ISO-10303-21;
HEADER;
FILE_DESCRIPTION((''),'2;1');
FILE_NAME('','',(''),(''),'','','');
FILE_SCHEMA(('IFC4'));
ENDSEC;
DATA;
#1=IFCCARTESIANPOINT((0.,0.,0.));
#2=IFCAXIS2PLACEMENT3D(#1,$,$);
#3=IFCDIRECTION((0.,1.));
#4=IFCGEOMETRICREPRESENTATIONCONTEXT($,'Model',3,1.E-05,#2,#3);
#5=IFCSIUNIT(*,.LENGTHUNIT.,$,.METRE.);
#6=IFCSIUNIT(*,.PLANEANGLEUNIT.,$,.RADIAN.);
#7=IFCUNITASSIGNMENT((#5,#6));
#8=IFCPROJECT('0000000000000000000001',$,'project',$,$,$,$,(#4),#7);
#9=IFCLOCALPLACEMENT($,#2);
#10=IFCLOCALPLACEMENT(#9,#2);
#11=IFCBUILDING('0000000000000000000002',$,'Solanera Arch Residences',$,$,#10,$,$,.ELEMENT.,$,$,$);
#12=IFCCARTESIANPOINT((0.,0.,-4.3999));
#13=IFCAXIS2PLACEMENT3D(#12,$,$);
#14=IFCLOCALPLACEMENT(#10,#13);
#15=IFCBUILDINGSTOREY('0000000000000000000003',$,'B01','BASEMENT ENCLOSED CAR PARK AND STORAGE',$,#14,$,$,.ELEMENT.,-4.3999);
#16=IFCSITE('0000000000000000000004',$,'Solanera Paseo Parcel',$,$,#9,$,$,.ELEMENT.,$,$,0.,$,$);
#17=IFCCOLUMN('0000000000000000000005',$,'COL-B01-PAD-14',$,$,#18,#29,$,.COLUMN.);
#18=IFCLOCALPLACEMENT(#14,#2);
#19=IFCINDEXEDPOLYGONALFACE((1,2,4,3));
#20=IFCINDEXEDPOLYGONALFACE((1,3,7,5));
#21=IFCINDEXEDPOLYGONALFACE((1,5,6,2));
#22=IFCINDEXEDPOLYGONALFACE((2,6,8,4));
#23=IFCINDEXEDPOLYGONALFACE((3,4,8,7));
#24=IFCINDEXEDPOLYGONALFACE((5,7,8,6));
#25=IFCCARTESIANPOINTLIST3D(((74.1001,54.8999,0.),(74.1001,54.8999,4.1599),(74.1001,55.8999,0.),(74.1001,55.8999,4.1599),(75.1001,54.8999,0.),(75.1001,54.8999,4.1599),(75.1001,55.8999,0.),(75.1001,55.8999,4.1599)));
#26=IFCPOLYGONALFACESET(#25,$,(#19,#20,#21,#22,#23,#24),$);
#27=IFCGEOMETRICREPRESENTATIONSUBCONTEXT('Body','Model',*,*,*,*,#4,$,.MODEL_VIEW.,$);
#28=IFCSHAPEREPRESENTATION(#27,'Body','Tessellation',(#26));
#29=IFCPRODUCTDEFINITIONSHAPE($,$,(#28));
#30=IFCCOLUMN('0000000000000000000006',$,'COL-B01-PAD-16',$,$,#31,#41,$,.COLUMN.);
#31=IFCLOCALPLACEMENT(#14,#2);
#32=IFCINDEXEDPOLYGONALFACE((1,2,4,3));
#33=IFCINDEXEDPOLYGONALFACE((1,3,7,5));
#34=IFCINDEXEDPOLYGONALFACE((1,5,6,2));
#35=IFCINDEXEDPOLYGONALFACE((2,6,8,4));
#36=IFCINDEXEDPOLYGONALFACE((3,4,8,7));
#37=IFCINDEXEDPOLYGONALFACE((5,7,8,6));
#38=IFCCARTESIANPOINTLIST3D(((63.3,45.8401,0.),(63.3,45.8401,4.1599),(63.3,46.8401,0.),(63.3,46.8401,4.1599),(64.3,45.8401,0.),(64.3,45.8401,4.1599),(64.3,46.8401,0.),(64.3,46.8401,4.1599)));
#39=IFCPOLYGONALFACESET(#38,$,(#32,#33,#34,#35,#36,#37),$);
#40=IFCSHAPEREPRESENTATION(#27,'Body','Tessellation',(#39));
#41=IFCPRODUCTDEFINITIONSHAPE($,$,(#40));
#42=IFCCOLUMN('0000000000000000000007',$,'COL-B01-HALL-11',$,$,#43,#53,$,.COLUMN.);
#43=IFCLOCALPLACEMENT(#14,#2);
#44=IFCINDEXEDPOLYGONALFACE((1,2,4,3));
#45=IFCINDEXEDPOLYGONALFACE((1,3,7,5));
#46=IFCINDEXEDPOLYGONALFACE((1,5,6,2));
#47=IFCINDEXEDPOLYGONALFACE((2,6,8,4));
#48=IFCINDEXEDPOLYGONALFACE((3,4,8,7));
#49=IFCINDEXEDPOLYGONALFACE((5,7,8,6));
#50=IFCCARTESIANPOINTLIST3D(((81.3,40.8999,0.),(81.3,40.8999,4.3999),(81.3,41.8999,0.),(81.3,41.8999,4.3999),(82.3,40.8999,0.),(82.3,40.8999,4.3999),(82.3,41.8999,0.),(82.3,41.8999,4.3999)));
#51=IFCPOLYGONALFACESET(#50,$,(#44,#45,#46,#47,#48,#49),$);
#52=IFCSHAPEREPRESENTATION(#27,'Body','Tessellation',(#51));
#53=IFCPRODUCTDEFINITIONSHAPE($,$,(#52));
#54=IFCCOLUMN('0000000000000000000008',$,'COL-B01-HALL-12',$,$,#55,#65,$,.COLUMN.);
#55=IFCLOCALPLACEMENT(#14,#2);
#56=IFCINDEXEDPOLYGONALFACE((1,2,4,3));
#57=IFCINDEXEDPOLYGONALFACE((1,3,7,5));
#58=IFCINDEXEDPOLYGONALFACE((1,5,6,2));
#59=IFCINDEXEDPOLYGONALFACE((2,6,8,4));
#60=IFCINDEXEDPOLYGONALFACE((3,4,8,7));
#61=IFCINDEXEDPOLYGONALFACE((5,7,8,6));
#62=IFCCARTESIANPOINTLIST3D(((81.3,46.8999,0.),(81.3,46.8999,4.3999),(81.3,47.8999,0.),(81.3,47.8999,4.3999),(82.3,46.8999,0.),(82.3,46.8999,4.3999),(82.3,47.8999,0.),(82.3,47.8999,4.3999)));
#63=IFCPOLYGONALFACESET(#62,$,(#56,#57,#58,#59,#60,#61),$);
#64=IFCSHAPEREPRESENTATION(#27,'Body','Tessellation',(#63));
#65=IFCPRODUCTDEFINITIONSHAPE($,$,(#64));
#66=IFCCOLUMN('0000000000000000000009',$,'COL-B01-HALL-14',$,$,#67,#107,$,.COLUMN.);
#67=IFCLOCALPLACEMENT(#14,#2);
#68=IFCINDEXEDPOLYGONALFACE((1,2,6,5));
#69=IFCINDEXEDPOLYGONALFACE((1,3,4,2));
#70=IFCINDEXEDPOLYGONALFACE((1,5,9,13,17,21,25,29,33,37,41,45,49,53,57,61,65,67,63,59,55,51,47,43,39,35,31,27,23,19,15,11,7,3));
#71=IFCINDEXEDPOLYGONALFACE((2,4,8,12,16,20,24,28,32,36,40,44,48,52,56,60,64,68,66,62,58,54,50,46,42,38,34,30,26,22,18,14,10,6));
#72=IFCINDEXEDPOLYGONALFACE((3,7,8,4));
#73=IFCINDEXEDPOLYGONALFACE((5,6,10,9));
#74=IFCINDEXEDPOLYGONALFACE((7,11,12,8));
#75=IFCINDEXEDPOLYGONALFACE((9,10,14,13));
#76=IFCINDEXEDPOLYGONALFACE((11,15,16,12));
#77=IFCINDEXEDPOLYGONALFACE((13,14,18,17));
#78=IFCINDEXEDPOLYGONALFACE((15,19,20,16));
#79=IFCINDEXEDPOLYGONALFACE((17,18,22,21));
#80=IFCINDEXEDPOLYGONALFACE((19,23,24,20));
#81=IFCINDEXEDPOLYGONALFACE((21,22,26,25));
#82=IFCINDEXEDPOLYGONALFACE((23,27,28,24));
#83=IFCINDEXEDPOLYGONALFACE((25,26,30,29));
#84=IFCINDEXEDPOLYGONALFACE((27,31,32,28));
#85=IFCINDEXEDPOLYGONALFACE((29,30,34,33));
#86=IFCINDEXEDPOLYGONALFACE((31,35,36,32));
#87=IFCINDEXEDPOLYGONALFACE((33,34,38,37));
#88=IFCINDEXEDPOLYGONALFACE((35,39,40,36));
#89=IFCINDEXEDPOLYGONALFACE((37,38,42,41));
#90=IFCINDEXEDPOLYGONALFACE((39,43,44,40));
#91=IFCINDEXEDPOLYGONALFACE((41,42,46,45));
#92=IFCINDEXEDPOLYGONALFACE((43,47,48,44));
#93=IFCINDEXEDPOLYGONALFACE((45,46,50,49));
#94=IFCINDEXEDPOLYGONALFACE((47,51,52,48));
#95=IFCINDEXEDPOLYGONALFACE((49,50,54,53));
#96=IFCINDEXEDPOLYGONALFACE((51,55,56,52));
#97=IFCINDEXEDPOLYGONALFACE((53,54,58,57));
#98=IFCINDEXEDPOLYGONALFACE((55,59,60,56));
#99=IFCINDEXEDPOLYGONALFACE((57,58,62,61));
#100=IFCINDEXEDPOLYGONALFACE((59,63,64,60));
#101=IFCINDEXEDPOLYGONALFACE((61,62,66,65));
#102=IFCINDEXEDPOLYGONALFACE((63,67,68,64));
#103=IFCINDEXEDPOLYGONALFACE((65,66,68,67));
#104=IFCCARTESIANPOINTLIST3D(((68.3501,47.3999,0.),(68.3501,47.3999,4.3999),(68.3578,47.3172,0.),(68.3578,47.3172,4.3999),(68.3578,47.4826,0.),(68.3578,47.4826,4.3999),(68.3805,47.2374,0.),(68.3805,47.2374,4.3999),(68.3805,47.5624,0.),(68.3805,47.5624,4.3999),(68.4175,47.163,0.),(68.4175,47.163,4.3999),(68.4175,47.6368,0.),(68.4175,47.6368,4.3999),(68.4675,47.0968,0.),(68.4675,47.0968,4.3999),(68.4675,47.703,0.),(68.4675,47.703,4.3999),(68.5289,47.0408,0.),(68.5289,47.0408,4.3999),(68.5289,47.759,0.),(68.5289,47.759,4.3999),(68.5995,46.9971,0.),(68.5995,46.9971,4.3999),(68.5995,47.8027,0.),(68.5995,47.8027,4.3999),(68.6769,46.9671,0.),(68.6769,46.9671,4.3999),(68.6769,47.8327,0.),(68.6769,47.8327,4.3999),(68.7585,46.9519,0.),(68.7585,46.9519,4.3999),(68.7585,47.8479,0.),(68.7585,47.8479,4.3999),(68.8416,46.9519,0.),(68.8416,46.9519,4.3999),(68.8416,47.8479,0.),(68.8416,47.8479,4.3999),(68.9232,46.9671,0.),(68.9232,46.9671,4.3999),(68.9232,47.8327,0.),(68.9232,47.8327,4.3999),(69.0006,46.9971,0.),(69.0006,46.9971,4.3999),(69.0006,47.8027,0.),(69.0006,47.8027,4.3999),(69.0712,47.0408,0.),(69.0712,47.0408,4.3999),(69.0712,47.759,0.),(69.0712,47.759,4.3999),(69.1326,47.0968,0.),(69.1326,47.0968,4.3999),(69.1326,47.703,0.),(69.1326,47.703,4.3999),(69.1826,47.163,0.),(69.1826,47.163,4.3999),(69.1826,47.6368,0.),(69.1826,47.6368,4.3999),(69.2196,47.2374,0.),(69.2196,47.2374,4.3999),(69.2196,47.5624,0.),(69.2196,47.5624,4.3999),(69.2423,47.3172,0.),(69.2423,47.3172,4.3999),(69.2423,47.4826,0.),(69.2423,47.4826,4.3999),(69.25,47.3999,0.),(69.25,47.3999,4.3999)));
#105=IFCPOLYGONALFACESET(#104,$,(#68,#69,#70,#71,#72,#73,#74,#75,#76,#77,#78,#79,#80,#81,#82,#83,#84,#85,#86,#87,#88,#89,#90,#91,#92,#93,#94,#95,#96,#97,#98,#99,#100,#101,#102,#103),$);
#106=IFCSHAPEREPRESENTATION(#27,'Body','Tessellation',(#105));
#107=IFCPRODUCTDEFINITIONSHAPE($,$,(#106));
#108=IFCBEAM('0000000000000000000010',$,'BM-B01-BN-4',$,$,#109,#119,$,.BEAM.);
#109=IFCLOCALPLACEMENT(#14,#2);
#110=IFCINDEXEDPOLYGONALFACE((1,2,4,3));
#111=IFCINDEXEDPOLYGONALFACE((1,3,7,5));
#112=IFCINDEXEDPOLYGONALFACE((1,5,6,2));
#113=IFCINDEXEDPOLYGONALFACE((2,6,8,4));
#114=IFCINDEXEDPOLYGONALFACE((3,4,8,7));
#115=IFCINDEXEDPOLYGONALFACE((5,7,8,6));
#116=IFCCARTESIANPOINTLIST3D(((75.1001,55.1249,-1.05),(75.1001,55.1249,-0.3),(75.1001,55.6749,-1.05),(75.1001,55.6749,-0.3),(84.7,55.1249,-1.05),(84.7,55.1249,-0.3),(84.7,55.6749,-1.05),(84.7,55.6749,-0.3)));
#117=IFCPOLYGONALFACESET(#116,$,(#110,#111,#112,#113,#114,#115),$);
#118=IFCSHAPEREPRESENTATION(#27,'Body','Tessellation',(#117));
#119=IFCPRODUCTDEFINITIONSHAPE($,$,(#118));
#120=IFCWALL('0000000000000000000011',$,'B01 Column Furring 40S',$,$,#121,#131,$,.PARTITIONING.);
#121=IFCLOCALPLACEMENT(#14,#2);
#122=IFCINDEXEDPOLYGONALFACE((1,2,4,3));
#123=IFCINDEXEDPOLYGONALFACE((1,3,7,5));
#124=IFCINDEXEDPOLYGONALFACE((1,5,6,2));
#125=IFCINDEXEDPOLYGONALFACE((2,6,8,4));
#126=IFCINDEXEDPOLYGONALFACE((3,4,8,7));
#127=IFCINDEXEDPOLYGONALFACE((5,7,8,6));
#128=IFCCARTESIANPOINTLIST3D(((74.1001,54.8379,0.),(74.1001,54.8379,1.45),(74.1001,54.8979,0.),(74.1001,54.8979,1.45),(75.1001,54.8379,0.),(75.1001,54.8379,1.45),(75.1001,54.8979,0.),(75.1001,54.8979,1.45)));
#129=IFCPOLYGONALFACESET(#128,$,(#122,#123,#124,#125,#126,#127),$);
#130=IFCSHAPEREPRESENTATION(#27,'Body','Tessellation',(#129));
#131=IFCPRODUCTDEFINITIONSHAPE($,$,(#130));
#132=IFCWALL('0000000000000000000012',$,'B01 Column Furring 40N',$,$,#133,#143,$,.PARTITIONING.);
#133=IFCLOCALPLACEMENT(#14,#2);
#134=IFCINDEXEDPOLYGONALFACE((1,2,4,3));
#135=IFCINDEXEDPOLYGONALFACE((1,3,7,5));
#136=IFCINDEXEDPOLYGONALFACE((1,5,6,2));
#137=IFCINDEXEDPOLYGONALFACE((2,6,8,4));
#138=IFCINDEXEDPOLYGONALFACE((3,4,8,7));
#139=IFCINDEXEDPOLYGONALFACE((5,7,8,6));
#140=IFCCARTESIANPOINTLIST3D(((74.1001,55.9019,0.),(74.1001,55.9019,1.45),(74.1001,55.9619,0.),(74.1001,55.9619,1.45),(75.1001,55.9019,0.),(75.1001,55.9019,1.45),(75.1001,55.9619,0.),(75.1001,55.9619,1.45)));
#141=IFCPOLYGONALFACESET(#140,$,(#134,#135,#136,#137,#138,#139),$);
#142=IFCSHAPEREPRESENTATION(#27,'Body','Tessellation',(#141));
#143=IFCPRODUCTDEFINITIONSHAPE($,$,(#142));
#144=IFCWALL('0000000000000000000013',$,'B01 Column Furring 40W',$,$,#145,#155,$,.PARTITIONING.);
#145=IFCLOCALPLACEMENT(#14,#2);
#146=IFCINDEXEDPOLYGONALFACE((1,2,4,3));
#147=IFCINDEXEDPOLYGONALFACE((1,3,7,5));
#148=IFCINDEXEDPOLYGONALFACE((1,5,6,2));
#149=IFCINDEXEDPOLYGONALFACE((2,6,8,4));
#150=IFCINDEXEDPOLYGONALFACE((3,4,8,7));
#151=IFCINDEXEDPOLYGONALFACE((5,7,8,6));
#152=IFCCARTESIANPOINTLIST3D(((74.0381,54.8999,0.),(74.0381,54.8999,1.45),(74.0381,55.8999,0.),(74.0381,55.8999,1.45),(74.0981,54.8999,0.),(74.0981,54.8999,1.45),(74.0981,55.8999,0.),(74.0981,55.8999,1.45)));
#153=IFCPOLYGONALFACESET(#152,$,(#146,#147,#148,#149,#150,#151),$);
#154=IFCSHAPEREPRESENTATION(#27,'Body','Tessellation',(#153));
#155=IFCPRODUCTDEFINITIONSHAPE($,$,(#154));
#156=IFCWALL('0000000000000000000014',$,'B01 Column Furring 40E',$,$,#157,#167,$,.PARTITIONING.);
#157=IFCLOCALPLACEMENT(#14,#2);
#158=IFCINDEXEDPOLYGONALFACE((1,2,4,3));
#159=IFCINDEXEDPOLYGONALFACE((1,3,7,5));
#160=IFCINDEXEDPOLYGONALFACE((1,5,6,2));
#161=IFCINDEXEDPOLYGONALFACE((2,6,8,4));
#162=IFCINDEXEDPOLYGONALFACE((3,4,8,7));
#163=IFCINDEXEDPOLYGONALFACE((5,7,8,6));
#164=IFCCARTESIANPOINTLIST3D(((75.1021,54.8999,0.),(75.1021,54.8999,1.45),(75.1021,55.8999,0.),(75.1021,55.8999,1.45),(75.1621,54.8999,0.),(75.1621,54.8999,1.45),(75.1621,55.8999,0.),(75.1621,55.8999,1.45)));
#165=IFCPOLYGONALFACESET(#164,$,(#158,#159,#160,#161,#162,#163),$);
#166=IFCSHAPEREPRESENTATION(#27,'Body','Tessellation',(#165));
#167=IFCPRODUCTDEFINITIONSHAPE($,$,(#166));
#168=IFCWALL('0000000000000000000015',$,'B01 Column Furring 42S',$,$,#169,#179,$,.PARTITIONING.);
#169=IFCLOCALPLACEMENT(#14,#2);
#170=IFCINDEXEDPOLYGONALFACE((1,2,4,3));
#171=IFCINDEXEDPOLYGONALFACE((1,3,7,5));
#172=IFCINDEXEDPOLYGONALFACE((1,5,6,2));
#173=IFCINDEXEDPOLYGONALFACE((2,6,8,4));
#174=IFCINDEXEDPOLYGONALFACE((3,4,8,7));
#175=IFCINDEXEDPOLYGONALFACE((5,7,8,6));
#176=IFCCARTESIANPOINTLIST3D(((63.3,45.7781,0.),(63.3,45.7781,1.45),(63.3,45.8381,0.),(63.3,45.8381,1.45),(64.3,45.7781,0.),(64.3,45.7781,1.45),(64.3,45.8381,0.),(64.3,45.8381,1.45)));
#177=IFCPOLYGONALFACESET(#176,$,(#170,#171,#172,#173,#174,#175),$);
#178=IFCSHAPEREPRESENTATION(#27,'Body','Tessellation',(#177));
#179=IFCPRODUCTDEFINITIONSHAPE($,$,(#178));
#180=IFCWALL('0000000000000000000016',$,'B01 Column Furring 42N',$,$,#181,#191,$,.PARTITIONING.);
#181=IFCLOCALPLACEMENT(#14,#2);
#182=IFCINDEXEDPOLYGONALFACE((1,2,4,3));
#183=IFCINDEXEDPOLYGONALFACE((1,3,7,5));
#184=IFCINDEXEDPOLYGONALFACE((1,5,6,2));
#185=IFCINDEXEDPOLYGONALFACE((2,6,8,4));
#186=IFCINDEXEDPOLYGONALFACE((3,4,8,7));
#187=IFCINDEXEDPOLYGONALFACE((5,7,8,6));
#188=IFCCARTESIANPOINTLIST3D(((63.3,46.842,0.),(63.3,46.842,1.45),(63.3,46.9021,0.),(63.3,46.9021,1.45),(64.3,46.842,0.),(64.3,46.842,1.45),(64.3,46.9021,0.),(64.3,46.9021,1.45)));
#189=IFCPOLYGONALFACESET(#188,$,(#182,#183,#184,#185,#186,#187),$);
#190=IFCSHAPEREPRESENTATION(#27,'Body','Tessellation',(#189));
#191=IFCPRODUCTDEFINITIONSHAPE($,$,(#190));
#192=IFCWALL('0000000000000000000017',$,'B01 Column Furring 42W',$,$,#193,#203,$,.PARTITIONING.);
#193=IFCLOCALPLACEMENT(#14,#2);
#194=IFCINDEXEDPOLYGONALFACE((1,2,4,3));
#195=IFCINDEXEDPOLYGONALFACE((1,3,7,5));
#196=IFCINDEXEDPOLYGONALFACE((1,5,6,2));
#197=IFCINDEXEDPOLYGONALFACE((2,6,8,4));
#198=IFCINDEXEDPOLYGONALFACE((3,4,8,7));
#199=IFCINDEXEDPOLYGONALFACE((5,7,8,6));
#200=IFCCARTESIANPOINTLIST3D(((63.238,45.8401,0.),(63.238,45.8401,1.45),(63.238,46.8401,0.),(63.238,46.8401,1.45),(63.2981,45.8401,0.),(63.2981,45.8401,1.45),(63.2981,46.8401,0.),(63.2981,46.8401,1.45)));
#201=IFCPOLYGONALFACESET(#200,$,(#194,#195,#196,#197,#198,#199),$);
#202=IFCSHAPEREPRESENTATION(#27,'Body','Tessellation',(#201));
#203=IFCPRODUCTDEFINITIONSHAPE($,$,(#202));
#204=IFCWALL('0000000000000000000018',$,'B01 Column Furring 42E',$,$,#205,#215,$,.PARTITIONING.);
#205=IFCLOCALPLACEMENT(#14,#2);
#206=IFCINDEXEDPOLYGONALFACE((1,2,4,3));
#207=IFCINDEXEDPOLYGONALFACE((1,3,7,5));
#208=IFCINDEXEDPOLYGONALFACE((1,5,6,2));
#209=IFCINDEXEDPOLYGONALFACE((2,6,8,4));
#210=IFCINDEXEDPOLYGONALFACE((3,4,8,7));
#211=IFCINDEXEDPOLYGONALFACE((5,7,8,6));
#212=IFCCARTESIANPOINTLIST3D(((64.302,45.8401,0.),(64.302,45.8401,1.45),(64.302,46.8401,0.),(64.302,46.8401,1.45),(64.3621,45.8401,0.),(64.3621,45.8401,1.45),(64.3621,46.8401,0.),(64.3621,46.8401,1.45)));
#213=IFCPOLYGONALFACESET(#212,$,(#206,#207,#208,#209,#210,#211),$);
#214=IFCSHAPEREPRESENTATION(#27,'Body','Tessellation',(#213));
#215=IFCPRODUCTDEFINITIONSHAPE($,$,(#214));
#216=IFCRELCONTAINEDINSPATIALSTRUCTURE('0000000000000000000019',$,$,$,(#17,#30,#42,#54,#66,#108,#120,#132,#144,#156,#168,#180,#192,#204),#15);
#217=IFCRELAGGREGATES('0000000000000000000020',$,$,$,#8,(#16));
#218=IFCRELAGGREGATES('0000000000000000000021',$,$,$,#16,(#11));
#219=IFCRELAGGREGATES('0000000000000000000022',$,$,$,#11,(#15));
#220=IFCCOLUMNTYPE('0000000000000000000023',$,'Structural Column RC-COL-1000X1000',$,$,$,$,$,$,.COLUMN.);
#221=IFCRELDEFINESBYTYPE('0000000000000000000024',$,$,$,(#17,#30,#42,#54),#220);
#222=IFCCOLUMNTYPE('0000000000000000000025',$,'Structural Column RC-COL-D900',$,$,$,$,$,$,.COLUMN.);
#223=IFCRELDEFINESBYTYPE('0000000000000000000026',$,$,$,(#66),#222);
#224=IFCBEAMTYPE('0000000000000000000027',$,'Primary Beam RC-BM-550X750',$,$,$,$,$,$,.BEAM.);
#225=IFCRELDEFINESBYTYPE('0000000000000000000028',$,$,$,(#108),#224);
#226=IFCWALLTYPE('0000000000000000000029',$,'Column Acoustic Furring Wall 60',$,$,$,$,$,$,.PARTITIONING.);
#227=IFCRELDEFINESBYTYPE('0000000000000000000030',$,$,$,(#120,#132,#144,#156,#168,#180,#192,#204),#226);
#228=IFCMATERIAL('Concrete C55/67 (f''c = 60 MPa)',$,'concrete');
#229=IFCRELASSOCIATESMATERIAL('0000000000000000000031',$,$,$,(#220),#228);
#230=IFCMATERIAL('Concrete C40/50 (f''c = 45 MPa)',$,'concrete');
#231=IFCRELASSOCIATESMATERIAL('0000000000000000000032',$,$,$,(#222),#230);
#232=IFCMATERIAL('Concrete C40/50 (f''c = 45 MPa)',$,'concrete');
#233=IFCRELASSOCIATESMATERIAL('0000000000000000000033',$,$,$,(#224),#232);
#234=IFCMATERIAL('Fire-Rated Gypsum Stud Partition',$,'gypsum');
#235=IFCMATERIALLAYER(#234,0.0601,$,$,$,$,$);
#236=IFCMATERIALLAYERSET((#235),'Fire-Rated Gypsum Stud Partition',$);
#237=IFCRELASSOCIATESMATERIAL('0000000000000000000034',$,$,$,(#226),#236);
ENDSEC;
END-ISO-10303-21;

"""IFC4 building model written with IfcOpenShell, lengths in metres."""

from ifc_helpers import new_model, si_unit, direction, frame, frame_2d, origin, origin_2d, place, context, subcontext, project, spatial, rectangle, circle, extrude, material, layer, layer_set, material_profile, profile_set, type_object, element, save


model = new_model("IFC4")

# Units and contexts
model_context = context("Model", 3, precision=1e-05, world=origin(), true_north=direction((0.0, 1.0)))
body_context = subcontext(model_context, "Body", "Model", "MODEL_VIEW")
ifc_project = project(units=[si_unit("LENGTHUNIT", "METRE"), si_unit("PLANEANGLEUNIT", "RADIAN")], contexts=[model_context])

# Site, building, storey
site_placement = place(None, origin())
site = spatial("IfcSite", under=ifc_project, at=site_placement, Name="Solanera Paseo Parcel", CompositionType="ELEMENT", RefElevation=0.0)
building_placement = place(site_placement, origin())
building = spatial("IfcBuilding", under=site, at=building_placement, Name="Solanera Arch Residences", CompositionType="ELEMENT")
storey_placement = place(building_placement, frame((0.0, 0.0, -4.3999)))
storey = spatial("IfcBuildingStorey", under=building, at=storey_placement, Name="B01", Description="BASEMENT ENCLOSED CAR PARK AND STORAGE", CompositionType="ELEMENT", Elevation=-4.3999)

# Columns
ifc_material_1 = material(Name="Concrete C55/67 (f'c = 60 MPa)", Category="concrete")
ifc_material_profile_1 = material_profile(ifc_material_1, rectangle(XDim=1.0, YDim=1.0, at=origin_2d()))
ifc_profile_set_1 = profile_set([ifc_material_profile_1], Name="Concrete C55/67 (f'c = 60 MPa)")
column_type_1 = type_object("IfcColumnType", Name="Structural Column RC-COL-1000X1000", PredefinedType="COLUMN", material=ifc_profile_set_1)
for number, where, z_axis, x_axis, name in (
    (1, (74.6001, 55.3999, 0.0), (0.0, 0.0, 1.0), (1.0, 0.0, 0.0), "COL-B01-PAD-14"),
    (2, (63.8, 46.3401, 0.0), (0.0, 0.0, 1.0), (1.0, 0.0, 0.0), "COL-B01-PAD-16"),
):
    element("IfcColumn", number, at=place(storey_placement, frame(where, z_axis=z_axis, x_axis=x_axis)), inside=storey, type_object=column_type_1, Name=name, PredefinedType="COLUMN", context=body_context, shape_type="SweptSolid", body=[
        extrude(rectangle(XDim=1.0, YDim=1.0, at=origin_2d()), origin(), (0.0, 0.0, 1.0), 4.1599),
    ])
for number, where, z_axis, x_axis, name in (
    (3, (81.8, 41.3999, 0.0), (0.0, 0.0, 1.0), (1.0, 0.0, 0.0), "COL-B01-HALL-11"),
    (4, (81.8, 47.3999, 0.0), (0.0, 0.0, 1.0), (1.0, 0.0, 0.0), "COL-B01-HALL-12"),
):
    element("IfcColumn", number, at=place(storey_placement, frame(where, z_axis=z_axis, x_axis=x_axis)), inside=storey, type_object=column_type_1, Name=name, PredefinedType="COLUMN", context=body_context, shape_type="SweptSolid", body=[
        extrude(rectangle(XDim=1.0, YDim=1.0, at=origin_2d()), origin(), (0.0, 0.0, 1.0), 4.3999),
    ])
ifc_material_2 = material(Name="Concrete C40/50 (f'c = 45 MPa)", Category="concrete")
ifc_material_profile_2 = material_profile(ifc_material_2, circle(Radius=0.45, at=origin_2d()))
ifc_profile_set_2 = profile_set([ifc_material_profile_2], Name="Concrete C40/50 (f'c = 45 MPa)")
column_type_2 = type_object("IfcColumnType", Name="Structural Column RC-COL-D900", PredefinedType="COLUMN", material=ifc_profile_set_2)
column_placement = place(storey_placement, frame((68.8, 47.3999, 0.0), z_axis=(0.0, 0.0, 1.0), x_axis=(1.0, 0.0, 0.0)))
element("IfcColumn", 5, at=column_placement, inside=storey, type_object=column_type_2, Name="COL-B01-HALL-14", PredefinedType="COLUMN", context=body_context, shape_type="SweptSolid", body=[
    extrude(circle(Radius=0.45, at=origin_2d()), origin(), (0.0, 0.0, 1.0), 4.3999),
])

# Beam
ifc_material_3 = material(Name="Concrete C40/50 (f'c = 45 MPa)", Category="concrete")
ifc_material_profile_3 = material_profile(ifc_material_3, rectangle(XDim=0.55, YDim=0.75, at=origin_2d()))
ifc_profile_set_3 = profile_set([ifc_material_profile_3], Name="Concrete C40/50 (f'c = 45 MPa)")
beam_type = type_object("IfcBeamType", Name="Primary Beam RC-BM-550X750", PredefinedType="BEAM", material=ifc_profile_set_3)
beam_placement = place(storey_placement, frame((75.1001, 55.3999, -0.675), z_axis=(1.0, 0.0, 0.0), x_axis=(0.0, 1.0, 0.0)))
element("IfcBeam", 6, at=beam_placement, inside=storey, type_object=beam_type, Name="BM-B01-BN-4", PredefinedType="BEAM", context=body_context, shape_type="SweptSolid", body=[
    extrude(rectangle(XDim=0.55, YDim=0.75, at=origin_2d()), origin(), (0.0, 0.0, 1.0), 9.5999),
])

# Walls
ifc_material_4 = material(Name="Fire-Rated Gypsum Stud Partition", Category="gypsum")
ifc_layer_1 = layer(ifc_material_4, 0.0601)
ifc_layer_set_1 = layer_set([ifc_layer_1], Name="Fire-Rated Gypsum Stud Partition")
wall_type_1 = type_object("IfcWallType", Name="Column Acoustic Furring Wall 60", PredefinedType="PARTITIONING", material=ifc_layer_set_1)
for number, where, z_axis, x_axis, name in (
    (7, (74.1001, 54.8679, 0.0), (0.0, 0.0, 1.0), (1.0, 0.0, 0.0), "B01 Column Furring 40S"),
    (8, (74.1001, 55.9319, 0.0), (0.0, 0.0, 1.0), (1.0, 0.0, 0.0), "B01 Column Furring 40N"),
    (9, (74.0681, 54.8999, 0.0), (0.0, 0.0, 1.0), (0.0, 1.0, 0.0), "B01 Column Furring 40W"),
    (10, (75.1321, 54.8999, 0.0), (0.0, 0.0, 1.0), (0.0, 1.0, 0.0), "B01 Column Furring 40E"),
    (11, (63.3, 45.8081, 0.0), (0.0, 0.0, 1.0), (1.0, 0.0, 0.0), "B01 Column Furring 42S"),
    (12, (63.3, 46.8721, 0.0), (0.0, 0.0, 1.0), (1.0, 0.0, 0.0), "B01 Column Furring 42N"),
    (13, (63.2681, 45.8401, 0.0), (0.0, 0.0, 1.0), (0.0, 1.0, 0.0), "B01 Column Furring 42W"),
    (14, (64.332, 45.8401, 0.0), (0.0, 0.0, 1.0), (0.0, 1.0, 0.0), "B01 Column Furring 42E"),
):
    element("IfcWall", number, at=place(storey_placement, frame(where, z_axis=z_axis, x_axis=x_axis)), inside=storey, type_object=wall_type_1, Name=name, PredefinedType="PARTITIONING", context=body_context, shape_type="SweptSolid", body=[
        extrude(rectangle(XDim=1.0, YDim=0.0601, at=frame_2d((0.5, 0.0))), origin(), (0.0, 0.0, 1.0), 1.45),
    ])

save(model, "model.ifc")
